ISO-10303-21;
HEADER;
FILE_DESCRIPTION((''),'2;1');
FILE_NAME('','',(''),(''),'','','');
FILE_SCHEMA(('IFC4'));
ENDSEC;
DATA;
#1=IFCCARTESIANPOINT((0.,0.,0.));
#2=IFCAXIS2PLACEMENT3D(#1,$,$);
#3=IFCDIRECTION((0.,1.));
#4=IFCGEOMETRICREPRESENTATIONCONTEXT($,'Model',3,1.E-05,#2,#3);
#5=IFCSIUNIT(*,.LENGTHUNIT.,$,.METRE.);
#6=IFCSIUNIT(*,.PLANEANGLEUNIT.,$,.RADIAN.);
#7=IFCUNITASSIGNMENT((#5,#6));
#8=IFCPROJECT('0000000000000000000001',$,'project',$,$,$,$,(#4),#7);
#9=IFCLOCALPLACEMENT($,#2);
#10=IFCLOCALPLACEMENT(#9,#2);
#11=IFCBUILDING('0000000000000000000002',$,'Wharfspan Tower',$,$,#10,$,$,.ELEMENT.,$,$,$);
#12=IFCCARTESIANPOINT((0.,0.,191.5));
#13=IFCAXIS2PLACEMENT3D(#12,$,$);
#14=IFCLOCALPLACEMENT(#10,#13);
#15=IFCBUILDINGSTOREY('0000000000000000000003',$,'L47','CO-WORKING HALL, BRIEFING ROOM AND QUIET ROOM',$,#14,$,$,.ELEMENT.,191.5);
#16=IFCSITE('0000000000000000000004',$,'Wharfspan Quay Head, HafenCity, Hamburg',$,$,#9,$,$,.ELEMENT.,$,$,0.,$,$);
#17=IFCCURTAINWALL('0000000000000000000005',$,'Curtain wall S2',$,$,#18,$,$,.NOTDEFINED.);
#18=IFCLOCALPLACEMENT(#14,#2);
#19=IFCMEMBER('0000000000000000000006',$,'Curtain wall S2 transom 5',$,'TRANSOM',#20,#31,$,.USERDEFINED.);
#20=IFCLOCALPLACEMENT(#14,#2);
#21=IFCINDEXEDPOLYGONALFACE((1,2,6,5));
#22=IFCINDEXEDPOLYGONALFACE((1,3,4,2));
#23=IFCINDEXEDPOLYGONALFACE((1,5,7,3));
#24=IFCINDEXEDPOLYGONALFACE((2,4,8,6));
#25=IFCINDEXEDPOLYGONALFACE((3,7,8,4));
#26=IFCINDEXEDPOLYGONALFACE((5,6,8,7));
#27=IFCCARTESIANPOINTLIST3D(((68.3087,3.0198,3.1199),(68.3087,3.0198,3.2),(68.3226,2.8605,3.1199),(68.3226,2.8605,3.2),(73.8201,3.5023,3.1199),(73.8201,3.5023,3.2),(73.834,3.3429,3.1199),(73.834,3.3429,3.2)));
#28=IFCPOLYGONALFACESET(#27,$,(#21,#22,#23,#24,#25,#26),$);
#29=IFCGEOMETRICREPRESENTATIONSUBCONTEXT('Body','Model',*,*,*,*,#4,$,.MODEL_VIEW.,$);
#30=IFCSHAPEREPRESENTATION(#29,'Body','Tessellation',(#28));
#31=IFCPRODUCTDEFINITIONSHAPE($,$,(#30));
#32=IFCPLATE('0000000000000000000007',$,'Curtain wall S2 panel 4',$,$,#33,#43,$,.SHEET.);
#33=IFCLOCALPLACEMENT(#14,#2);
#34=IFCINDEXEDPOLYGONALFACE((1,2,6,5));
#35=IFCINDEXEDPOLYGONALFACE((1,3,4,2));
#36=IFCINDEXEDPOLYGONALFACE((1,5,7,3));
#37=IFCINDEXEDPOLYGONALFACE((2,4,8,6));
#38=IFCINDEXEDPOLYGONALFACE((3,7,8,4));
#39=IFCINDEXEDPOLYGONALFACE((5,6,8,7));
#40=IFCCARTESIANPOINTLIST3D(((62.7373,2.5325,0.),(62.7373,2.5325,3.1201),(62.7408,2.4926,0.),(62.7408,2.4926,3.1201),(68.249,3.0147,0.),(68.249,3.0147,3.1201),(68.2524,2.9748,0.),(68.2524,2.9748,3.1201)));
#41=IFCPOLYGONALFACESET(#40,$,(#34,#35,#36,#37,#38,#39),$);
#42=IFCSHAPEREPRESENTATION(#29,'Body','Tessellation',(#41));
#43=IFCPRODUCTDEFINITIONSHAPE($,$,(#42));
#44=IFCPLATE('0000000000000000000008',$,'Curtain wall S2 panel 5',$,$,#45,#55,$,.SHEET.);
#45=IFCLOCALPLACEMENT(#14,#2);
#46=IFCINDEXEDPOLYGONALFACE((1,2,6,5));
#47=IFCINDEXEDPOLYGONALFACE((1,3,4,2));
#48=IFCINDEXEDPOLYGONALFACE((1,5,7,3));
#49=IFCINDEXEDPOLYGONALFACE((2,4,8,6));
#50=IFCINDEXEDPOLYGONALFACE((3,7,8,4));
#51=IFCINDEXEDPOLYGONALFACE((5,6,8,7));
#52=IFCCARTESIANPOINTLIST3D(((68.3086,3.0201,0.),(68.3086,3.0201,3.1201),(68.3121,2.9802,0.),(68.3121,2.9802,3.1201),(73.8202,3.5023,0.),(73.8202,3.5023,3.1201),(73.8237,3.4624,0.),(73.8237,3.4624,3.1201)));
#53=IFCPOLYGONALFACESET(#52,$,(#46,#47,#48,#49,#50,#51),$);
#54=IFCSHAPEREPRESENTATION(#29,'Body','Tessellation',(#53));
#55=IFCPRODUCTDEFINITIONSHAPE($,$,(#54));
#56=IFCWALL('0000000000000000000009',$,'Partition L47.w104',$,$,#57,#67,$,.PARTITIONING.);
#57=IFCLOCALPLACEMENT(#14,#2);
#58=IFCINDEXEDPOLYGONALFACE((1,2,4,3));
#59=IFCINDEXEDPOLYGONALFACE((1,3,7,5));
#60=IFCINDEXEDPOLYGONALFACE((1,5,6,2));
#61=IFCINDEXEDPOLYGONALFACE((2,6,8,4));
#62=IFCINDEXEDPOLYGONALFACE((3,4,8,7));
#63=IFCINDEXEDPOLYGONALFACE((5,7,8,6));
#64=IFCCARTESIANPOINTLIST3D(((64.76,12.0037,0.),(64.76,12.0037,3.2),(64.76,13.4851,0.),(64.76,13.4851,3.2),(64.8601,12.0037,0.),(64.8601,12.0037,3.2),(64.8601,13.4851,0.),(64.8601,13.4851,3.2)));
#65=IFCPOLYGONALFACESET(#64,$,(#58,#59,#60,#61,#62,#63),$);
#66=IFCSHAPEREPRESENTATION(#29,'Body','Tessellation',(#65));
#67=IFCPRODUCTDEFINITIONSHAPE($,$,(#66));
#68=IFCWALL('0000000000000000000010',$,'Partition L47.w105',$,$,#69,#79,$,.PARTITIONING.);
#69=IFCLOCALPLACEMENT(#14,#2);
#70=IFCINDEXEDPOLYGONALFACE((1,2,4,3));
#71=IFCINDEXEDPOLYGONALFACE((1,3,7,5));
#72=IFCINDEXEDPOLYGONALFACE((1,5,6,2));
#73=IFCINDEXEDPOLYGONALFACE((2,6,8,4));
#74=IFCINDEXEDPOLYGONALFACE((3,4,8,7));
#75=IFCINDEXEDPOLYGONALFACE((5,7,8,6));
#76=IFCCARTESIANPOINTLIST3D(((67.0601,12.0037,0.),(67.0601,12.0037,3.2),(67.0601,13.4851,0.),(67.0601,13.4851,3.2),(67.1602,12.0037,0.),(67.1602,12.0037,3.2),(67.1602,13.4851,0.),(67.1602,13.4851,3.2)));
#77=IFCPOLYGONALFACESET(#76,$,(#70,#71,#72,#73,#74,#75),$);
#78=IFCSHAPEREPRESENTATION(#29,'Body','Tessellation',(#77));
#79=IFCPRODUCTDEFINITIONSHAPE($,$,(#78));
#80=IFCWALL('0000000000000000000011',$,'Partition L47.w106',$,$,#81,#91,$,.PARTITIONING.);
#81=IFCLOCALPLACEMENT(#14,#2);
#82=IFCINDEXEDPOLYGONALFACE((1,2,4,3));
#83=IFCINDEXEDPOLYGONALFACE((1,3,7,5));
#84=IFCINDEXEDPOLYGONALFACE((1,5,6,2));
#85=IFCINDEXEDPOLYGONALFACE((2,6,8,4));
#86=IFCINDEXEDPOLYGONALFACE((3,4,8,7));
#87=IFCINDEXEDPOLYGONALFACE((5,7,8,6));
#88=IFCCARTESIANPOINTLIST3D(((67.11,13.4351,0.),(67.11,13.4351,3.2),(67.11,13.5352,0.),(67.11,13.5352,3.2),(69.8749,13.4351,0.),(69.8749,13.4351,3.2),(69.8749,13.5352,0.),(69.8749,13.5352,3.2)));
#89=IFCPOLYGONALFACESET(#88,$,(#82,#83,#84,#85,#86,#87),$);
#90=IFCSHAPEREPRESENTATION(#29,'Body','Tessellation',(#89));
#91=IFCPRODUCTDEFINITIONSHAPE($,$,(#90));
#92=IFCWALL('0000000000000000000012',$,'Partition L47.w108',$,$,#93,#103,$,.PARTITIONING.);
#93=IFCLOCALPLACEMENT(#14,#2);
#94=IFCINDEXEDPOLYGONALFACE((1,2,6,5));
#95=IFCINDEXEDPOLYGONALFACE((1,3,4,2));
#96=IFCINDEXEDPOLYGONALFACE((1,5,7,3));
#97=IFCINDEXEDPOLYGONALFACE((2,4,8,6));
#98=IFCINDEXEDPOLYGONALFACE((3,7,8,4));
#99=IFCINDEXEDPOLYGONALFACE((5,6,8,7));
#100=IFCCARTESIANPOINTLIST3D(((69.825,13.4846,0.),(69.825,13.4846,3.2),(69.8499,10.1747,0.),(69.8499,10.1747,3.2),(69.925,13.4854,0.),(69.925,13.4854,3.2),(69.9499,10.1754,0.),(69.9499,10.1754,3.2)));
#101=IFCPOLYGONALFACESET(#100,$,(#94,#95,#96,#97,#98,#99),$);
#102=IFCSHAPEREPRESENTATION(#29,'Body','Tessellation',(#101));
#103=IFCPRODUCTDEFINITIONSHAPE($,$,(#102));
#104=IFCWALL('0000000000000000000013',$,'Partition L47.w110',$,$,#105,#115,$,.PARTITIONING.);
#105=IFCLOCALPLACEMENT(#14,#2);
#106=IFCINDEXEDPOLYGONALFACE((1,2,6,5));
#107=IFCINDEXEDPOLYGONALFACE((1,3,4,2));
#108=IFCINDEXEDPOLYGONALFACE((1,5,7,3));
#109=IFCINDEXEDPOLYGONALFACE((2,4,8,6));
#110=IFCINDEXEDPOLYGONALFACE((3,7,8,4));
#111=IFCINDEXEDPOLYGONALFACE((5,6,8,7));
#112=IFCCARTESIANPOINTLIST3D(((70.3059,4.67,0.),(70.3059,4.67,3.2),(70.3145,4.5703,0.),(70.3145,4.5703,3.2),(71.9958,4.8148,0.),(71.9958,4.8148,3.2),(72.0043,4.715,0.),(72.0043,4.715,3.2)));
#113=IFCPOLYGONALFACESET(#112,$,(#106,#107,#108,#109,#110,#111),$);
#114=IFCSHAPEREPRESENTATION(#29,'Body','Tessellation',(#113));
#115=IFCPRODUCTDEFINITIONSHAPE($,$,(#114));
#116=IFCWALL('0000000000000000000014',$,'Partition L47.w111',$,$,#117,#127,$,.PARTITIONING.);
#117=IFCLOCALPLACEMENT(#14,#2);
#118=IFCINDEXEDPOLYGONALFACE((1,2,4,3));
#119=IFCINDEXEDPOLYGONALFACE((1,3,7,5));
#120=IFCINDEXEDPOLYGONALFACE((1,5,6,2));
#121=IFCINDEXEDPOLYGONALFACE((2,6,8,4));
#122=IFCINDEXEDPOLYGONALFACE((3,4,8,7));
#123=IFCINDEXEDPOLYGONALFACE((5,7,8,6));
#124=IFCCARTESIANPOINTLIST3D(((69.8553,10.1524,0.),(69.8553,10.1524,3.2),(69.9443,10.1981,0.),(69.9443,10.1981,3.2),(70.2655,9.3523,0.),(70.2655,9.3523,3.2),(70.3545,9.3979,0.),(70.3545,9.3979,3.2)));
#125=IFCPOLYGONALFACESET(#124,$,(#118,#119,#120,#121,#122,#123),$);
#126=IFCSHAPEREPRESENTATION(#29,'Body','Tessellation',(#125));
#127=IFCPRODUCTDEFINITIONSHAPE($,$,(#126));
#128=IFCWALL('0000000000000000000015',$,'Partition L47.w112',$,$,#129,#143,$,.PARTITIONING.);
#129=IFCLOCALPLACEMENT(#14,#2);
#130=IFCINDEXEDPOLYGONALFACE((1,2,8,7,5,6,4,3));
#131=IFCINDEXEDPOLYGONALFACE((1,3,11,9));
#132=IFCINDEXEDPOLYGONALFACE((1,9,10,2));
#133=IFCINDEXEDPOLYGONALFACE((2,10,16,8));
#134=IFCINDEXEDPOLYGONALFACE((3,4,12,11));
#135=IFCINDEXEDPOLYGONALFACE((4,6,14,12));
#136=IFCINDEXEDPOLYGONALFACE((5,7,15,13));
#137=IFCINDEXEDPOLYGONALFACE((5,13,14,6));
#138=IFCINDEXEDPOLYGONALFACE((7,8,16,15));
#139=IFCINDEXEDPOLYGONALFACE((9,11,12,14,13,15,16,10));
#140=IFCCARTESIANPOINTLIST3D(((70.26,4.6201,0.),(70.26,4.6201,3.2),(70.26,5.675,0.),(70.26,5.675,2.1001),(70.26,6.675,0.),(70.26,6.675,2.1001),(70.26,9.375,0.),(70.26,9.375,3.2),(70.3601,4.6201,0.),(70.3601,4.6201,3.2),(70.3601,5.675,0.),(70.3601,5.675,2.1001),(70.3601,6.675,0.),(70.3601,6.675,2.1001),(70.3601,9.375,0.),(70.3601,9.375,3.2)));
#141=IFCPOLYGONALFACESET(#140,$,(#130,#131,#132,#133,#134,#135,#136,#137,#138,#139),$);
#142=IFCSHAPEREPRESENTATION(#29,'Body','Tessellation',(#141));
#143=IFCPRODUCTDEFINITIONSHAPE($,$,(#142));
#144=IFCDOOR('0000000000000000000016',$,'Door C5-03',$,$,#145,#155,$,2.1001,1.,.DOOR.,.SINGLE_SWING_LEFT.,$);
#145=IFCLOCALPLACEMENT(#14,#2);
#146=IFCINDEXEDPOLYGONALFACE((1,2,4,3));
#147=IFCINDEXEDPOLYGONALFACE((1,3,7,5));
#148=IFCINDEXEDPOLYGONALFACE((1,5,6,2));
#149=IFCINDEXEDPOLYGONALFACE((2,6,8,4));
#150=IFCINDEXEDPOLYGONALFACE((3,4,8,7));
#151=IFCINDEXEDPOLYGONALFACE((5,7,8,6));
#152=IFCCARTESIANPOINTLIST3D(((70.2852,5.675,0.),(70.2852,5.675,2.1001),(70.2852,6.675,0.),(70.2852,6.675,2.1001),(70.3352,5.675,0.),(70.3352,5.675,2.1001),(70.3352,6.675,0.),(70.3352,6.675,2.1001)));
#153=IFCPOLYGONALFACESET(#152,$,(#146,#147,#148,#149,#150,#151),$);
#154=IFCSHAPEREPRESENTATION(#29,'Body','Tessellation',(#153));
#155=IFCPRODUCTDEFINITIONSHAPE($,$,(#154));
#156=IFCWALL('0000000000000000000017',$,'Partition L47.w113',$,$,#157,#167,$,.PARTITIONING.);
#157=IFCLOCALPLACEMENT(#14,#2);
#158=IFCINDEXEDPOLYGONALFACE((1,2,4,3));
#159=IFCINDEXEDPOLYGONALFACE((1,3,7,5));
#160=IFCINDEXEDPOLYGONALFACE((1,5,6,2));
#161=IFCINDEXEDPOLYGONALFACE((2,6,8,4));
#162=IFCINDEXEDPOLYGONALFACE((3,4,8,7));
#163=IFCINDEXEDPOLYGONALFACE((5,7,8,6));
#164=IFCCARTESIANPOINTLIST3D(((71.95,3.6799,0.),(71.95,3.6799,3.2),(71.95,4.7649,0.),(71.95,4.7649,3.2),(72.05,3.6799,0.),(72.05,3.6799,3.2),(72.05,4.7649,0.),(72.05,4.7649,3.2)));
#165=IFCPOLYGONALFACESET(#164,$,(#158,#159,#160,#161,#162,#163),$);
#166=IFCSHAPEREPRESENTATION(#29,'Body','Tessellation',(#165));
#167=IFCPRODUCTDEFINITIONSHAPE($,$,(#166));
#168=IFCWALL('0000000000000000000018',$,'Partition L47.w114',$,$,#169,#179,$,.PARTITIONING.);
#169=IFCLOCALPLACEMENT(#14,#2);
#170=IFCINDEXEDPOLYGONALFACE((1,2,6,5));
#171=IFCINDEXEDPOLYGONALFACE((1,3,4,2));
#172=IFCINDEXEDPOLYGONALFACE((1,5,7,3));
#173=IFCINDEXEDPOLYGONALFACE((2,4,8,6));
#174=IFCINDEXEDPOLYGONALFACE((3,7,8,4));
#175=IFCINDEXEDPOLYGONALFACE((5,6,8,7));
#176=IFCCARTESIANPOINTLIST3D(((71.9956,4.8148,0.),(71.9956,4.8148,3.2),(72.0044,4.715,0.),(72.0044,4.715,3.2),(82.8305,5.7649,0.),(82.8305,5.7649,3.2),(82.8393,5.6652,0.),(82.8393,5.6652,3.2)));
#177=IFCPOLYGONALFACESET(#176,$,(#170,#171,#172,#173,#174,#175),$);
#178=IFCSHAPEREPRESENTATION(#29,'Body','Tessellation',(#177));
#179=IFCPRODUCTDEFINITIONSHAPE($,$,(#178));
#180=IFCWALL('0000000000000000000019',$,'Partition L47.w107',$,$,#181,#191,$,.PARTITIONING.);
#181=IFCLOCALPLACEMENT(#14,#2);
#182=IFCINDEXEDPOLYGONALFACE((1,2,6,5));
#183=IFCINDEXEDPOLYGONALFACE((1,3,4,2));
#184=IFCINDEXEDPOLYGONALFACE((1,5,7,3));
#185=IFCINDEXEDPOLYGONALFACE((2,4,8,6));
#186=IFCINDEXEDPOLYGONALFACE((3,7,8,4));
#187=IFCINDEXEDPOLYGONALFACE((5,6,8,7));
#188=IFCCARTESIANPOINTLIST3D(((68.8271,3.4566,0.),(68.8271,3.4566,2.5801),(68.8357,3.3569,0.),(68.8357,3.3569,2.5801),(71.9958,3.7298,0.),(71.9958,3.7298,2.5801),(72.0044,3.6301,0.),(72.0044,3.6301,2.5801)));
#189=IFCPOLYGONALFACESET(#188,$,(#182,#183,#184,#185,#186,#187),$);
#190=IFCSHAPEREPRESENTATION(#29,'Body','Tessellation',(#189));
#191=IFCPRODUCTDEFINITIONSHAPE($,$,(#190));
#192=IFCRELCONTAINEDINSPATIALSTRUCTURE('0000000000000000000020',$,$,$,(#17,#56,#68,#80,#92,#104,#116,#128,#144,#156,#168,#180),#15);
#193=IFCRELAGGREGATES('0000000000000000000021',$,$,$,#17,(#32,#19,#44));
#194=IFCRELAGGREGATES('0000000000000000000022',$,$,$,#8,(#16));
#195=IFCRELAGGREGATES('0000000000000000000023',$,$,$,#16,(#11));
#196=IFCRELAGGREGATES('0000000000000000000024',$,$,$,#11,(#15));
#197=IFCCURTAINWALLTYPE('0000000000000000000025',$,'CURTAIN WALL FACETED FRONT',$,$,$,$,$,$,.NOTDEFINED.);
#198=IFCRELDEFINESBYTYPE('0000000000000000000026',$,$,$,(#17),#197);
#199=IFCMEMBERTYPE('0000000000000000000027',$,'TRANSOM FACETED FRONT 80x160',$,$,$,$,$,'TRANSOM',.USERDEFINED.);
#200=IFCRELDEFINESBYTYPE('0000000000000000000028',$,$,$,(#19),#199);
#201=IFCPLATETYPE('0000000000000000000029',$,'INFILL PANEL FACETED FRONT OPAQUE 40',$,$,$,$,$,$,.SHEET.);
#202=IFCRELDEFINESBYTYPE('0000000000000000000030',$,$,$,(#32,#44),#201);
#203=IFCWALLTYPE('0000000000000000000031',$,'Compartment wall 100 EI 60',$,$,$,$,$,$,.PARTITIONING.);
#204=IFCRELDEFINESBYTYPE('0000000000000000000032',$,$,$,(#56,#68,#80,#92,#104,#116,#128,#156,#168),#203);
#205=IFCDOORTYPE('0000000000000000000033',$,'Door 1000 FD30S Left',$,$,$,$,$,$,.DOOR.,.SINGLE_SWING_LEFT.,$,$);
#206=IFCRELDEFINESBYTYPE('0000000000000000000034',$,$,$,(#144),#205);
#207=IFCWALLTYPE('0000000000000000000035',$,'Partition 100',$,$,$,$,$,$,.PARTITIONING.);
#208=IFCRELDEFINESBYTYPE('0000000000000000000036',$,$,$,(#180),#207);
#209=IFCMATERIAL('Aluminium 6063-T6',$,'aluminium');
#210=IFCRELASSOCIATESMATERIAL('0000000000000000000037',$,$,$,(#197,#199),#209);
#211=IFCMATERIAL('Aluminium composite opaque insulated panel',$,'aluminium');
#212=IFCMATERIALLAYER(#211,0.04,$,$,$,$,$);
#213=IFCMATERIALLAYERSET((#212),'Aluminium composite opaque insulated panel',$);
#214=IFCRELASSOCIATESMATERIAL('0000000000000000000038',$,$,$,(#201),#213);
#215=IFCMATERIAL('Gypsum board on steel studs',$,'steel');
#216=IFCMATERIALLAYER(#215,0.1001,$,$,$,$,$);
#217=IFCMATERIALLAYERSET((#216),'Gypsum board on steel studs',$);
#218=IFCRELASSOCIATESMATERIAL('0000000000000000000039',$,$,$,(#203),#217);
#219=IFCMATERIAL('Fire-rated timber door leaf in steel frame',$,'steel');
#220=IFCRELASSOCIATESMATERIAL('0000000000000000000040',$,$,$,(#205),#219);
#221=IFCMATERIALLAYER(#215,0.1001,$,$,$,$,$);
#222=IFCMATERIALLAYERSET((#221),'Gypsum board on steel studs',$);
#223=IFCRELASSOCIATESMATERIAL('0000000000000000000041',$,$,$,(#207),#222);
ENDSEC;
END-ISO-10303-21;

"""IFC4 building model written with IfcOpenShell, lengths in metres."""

from ifc_helpers import new_model, si_unit, direction, frame, frame_2d, origin, origin_2d, place, context, subcontext, project, spatial, rectangle, extrude, material, layer, layer_set, material_profile, profile_set, type_object, element, fill, aggregate, save


model = new_model("IFC4")

# Units and contexts
model_context = context("Model", 3, precision=1e-05, world=origin(), true_north=direction((0.0, 1.0)))
body_context = subcontext(model_context, "Body", "Model", "MODEL_VIEW")
ifc_project = project(units=[si_unit("LENGTHUNIT", "METRE"), si_unit("PLANEANGLEUNIT", "RADIAN")], contexts=[model_context])

# Site, building, storey
site_placement = place(None, origin())
site = spatial("IfcSite", under=ifc_project, at=site_placement, Name="Wharfspan Quay Head, HafenCity, Hamburg", CompositionType="ELEMENT", RefElevation=0.0)
building_placement = place(site_placement, origin())
building = spatial("IfcBuilding", under=site, at=building_placement, Name="Wharfspan Tower", CompositionType="ELEMENT")
storey_placement = place(building_placement, frame((0.0, 0.0, 191.5)))
storey = spatial("IfcBuildingStorey", under=building, at=storey_placement, Name="L47", Description="CO-WORKING HALL, BRIEFING ROOM AND QUIET ROOM", CompositionType="ELEMENT", Elevation=191.5)

# Curtain wall
ifc_material_1 = material(Name="Aluminium 6063-T6", Category="aluminium")
curtain_wall_type = type_object("IfcCurtainWallType", Name="CURTAIN WALL FACETED FRONT", PredefinedType="NOTDEFINED", material=ifc_material_1)
curtain_wall_placement = place(storey_placement, origin())
curtain_wall = element("IfcCurtainWall", 1, at=curtain_wall_placement, inside=storey, type_object=curtain_wall_type, Name="Curtain wall S2", PredefinedType="NOTDEFINED")

# Member
ifc_material_profile_1 = material_profile(ifc_material_1, rectangle(XDim=0.1599, YDim=0.0801, at=origin_2d()))
ifc_profile_set_1 = profile_set([ifc_material_profile_1], Name="Aluminium 6063-T6")
member_type_1 = type_object("IfcMemberType", Name="TRANSOM FACETED FRONT 80x160", ElementType="TRANSOM", PredefinedType="USERDEFINED", material=ifc_profile_set_1)
member_1_placement = place(storey_placement, frame((68.3157, 2.9402, 3.1599), z_axis=(0.996191, 0.087197, 0.0), x_axis=(-0.087197, 0.996191, 0.0)))
member_1 = element("IfcMember", 2, at=member_1_placement, type_object=member_type_1, Name="Curtain wall S2 transom 5", ObjectType="TRANSOM", PredefinedType="USERDEFINED", context=body_context, shape_type="SweptSolid", body=[
    extrude(rectangle(XDim=0.1599, YDim=0.0801, at=origin_2d()), origin(), (0.0, 0.0, 1.0), 5.5325),
])

# Plates
ifc_material_2 = material(Name="Aluminium composite opaque insulated panel", Category="aluminium")
ifc_layer_1 = layer(ifc_material_2, 0.04)
ifc_layer_set_1 = layer_set([ifc_layer_1], Name="Aluminium composite opaque insulated panel")
plate_type = type_object("IfcPlateType", Name="INFILL PANEL FACETED FRONT OPAQUE 40", PredefinedType="SHEET", material=ifc_layer_set_1)
plate_1_placement = place(storey_placement, frame((65.4949, 2.7537, 0.0), z_axis=(0.0, 0.0, 1.0), x_axis=(0.996198, 0.087156, 0.0)))
plate_1 = element("IfcPlate", 3, at=plate_1_placement, type_object=plate_type, Name="Curtain wall S2 panel 4", PredefinedType="SHEET", context=body_context, shape_type="SweptSolid", body=[
    extrude(rectangle(XDim=5.5327, YDim=0.04, at=origin_2d()), origin(), (0.0, 0.0, 1.0), 3.1201),
])
plate_2_placement = place(storey_placement, frame((71.0662, 3.2412, 0.0), z_axis=(0.0, 0.0, 1.0), x_axis=(0.996198, 0.087156, 0.0)))
plate_2 = element("IfcPlate", 4, at=plate_2_placement, type_object=plate_type, Name="Curtain wall S2 panel 5", PredefinedType="SHEET", context=body_context, shape_type="SweptSolid", body=[
    extrude(rectangle(XDim=5.5327, YDim=0.04, at=origin_2d()), origin(), (0.0, 0.0, 1.0), 3.1201),
])
aggregate(curtain_wall, [plate_1, member_1, plate_2])

# Walls
ifc_material_3 = material(Name="Gypsum board on steel studs", Category="steel")
ifc_layer_2 = layer(ifc_material_3, 0.1001)
ifc_layer_set_2 = layer_set([ifc_layer_2], Name="Gypsum board on steel studs")
wall_type_1 = type_object("IfcWallType", Name="Compartment wall 100 EI 60", PredefinedType="PARTITIONING", material=ifc_layer_set_2)
for number, where, z_axis, x_axis, name in (
    (5, (64.8101, 12.0037, 0.0), (0.0, 0.0, 1.0), (0.0, 1.0, 0.0), "Partition L47.w104"),
    (6, (67.1101, 12.0037, 0.0), (0.0, 0.0, 1.0), (0.0, 1.0, 0.0), "Partition L47.w105"),
):
    element("IfcWall", number, at=place(storey_placement, frame(where, z_axis=z_axis, x_axis=x_axis)), inside=storey, type_object=wall_type_1, Name=name, PredefinedType="PARTITIONING", context=body_context, shape_type="SweptSolid", body=[
        extrude(rectangle(XDim=1.4814, YDim=0.1001, at=frame_2d((0.7407, 0.0))), origin(), (0.0, 0.0, 1.0), 3.2),
    ])
wall_1_placement = place(storey_placement, frame((67.1101, 13.4851, 0.0), z_axis=(0.0, 0.0, 1.0), x_axis=(1.0, 0.0, 0.0)))
element("IfcWall", 7, at=wall_1_placement, inside=storey, type_object=wall_type_1, Name="Partition L47.w106", PredefinedType="PARTITIONING", context=body_context, shape_type="SweptSolid", body=[
    extrude(rectangle(XDim=2.7649, YDim=0.1001, at=frame_2d((1.3823, 0.0))), origin(), (0.0, 0.0, 1.0), 3.2),
])
wall_2_placement = place(storey_placement, frame((69.8999, 10.175, 0.0), z_axis=(0.0, 0.0, 1.0), x_axis=(-0.007523, 0.999969, 0.0)))
element("IfcWall", 8, at=wall_2_placement, inside=storey, type_object=wall_type_1, Name="Partition L47.w108", PredefinedType="PARTITIONING", context=body_context, shape_type="SweptSolid", body=[
    extrude(rectangle(XDim=3.3101, YDim=0.1001, at=frame_2d((1.655, 0.0))), origin(), (0.0, 0.0, 1.0), 3.2),
])
wall_3_placement = place(storey_placement, frame((70.3101, 4.6201, 0.0), z_axis=(0.0, 0.0, 1.0), x_axis=(0.996348, 0.085356, 0.0)))
element("IfcWall", 9, at=wall_3_placement, inside=storey, type_object=wall_type_1, Name="Partition L47.w110", PredefinedType="PARTITIONING", context=body_context, shape_type="SweptSolid", body=[
    extrude(rectangle(XDim=1.696, YDim=0.1001, at=frame_2d((0.8481, 0.0))), origin(), (0.0, 0.0, 1.0), 3.2),
])
wall_4_placement = place(storey_placement, frame((70.3101, 9.375, 0.0), z_axis=(0.0, 0.0, 1.0), x_axis=(-0.456208, 0.889877, 0.0)))
element("IfcWall", 10, at=wall_4_placement, inside=storey, type_object=wall_type_1, Name="Partition L47.w111", PredefinedType="PARTITIONING", context=body_context, shape_type="SweptSolid", body=[
    extrude(rectangle(XDim=0.8992, YDim=0.1001, at=frame_2d((0.4497, 0.0))), origin(), (0.0, 0.0, 1.0), 3.2),
])

# Wall, opening, door
wall_5_placement = place(storey_placement, frame((70.3101, 4.6201, 0.0), z_axis=(0.0, 0.0, 1.0), x_axis=(0.0, 1.0, 0.0)))
wall_5 = element("IfcWall", 11, at=wall_5_placement, inside=storey, type_object=wall_type_1, Name="Partition L47.w112", PredefinedType="PARTITIONING", context=body_context, shape_type="SweptSolid", body=[
    extrude(rectangle(XDim=4.7549, YDim=0.1001, at=frame_2d((2.3774, 0.0))), origin(), (0.0, 0.0, 1.0), 3.2),
])
opening_placement = place(wall_5_placement, frame((1.0549, 0.0, 0.0)))
opening = element("IfcOpeningElement", 12, at=opening_placement, cuts=wall_5, PredefinedType="OPENING", context=body_context, shape_type="SweptSolid", body=[
    extrude(rectangle(XDim=1.0, YDim=2.1001, at=frame_2d((0.5, 1.05))), frame((0.0, 0.0601, 0.0), z_axis=(0.0, -1.0, 0.0), x_axis=(1.0, 0.0, 0.0)), (0.0, 0.0, 1.0), 0.1201),
])
ifc_material_4 = material(Name="Fire-rated timber door leaf in steel frame", Category="steel")
door_type = type_object("IfcDoorType", Name="Door 1000 FD30S Left", OperationType="SINGLE_SWING_LEFT", PredefinedType="DOOR", material=ifc_material_4)
door_placement = place(opening_placement, origin())
door = element("IfcDoor", 13, at=door_placement, inside=storey, type_object=door_type, Name="Door C5-03", OperationType="SINGLE_SWING_LEFT", OverallHeight=2.1001, OverallWidth=1.0, PredefinedType="DOOR", context=body_context, shape_type="SweptSolid", body=[
    extrude(rectangle(XDim=1.0, YDim=2.1001, at=frame_2d((0.5, 1.05))), frame((0.0, 0.0249, 0.0), z_axis=(0.0, -1.0, 0.0), x_axis=(1.0, 0.0, 0.0)), (0.0, 0.0, 1.0), 0.05),
])
fill(opening, door)

# Walls
wall_6_placement = place(storey_placement, frame((72.0, 3.6799, 0.0), z_axis=(0.0, 0.0, 1.0), x_axis=(0.0, 1.0, 0.0)))
element("IfcWall", 14, at=wall_6_placement, inside=storey, type_object=wall_type_1, Name="Partition L47.w113", PredefinedType="PARTITIONING", context=body_context, shape_type="SweptSolid", body=[
    extrude(rectangle(XDim=1.085, YDim=0.1001, at=frame_2d((0.5425, 0.0))), origin(), (0.0, 0.0, 1.0), 3.2),
])
wall_7_placement = place(storey_placement, frame((72.0, 4.7649, 0.0), z_axis=(0.0, 0.0, 1.0), x_axis=(0.996178, 0.087362, 0.0)))
element("IfcWall", 15, at=wall_7_placement, inside=storey, type_object=wall_type_1, Name="Partition L47.w114", PredefinedType="PARTITIONING", context=body_context, shape_type="SweptSolid", body=[
    extrude(rectangle(XDim=10.8765, YDim=0.1001, at=frame_2d((5.4382, 0.0))), origin(), (0.0, 0.0, 1.0), 3.2),
])
ifc_layer_3 = layer(ifc_material_3, 0.1001)
ifc_layer_set_3 = layer_set([ifc_layer_3], Name="Gypsum board on steel studs")
wall_type_2 = type_object("IfcWallType", Name="Partition 100", PredefinedType="PARTITIONING", material=ifc_layer_set_3)
wall_8_placement = place(storey_placement, frame((68.8313, 3.4067, 0.0), z_axis=(0.0, 0.0, 1.0), x_axis=(0.996308, 0.085898, 0.0)))
element("IfcWall", 16, at=wall_8_placement, inside=storey, type_object=wall_type_2, Name="Partition L47.w107", PredefinedType="PARTITIONING", context=body_context, shape_type="SweptSolid", body=[
    extrude(rectangle(XDim=3.1804, YDim=0.1001, at=frame_2d((1.5903, 0.0))), origin(), (0.0, 0.0, 1.0), 2.5801),
])

save(model, "model.ifc")
